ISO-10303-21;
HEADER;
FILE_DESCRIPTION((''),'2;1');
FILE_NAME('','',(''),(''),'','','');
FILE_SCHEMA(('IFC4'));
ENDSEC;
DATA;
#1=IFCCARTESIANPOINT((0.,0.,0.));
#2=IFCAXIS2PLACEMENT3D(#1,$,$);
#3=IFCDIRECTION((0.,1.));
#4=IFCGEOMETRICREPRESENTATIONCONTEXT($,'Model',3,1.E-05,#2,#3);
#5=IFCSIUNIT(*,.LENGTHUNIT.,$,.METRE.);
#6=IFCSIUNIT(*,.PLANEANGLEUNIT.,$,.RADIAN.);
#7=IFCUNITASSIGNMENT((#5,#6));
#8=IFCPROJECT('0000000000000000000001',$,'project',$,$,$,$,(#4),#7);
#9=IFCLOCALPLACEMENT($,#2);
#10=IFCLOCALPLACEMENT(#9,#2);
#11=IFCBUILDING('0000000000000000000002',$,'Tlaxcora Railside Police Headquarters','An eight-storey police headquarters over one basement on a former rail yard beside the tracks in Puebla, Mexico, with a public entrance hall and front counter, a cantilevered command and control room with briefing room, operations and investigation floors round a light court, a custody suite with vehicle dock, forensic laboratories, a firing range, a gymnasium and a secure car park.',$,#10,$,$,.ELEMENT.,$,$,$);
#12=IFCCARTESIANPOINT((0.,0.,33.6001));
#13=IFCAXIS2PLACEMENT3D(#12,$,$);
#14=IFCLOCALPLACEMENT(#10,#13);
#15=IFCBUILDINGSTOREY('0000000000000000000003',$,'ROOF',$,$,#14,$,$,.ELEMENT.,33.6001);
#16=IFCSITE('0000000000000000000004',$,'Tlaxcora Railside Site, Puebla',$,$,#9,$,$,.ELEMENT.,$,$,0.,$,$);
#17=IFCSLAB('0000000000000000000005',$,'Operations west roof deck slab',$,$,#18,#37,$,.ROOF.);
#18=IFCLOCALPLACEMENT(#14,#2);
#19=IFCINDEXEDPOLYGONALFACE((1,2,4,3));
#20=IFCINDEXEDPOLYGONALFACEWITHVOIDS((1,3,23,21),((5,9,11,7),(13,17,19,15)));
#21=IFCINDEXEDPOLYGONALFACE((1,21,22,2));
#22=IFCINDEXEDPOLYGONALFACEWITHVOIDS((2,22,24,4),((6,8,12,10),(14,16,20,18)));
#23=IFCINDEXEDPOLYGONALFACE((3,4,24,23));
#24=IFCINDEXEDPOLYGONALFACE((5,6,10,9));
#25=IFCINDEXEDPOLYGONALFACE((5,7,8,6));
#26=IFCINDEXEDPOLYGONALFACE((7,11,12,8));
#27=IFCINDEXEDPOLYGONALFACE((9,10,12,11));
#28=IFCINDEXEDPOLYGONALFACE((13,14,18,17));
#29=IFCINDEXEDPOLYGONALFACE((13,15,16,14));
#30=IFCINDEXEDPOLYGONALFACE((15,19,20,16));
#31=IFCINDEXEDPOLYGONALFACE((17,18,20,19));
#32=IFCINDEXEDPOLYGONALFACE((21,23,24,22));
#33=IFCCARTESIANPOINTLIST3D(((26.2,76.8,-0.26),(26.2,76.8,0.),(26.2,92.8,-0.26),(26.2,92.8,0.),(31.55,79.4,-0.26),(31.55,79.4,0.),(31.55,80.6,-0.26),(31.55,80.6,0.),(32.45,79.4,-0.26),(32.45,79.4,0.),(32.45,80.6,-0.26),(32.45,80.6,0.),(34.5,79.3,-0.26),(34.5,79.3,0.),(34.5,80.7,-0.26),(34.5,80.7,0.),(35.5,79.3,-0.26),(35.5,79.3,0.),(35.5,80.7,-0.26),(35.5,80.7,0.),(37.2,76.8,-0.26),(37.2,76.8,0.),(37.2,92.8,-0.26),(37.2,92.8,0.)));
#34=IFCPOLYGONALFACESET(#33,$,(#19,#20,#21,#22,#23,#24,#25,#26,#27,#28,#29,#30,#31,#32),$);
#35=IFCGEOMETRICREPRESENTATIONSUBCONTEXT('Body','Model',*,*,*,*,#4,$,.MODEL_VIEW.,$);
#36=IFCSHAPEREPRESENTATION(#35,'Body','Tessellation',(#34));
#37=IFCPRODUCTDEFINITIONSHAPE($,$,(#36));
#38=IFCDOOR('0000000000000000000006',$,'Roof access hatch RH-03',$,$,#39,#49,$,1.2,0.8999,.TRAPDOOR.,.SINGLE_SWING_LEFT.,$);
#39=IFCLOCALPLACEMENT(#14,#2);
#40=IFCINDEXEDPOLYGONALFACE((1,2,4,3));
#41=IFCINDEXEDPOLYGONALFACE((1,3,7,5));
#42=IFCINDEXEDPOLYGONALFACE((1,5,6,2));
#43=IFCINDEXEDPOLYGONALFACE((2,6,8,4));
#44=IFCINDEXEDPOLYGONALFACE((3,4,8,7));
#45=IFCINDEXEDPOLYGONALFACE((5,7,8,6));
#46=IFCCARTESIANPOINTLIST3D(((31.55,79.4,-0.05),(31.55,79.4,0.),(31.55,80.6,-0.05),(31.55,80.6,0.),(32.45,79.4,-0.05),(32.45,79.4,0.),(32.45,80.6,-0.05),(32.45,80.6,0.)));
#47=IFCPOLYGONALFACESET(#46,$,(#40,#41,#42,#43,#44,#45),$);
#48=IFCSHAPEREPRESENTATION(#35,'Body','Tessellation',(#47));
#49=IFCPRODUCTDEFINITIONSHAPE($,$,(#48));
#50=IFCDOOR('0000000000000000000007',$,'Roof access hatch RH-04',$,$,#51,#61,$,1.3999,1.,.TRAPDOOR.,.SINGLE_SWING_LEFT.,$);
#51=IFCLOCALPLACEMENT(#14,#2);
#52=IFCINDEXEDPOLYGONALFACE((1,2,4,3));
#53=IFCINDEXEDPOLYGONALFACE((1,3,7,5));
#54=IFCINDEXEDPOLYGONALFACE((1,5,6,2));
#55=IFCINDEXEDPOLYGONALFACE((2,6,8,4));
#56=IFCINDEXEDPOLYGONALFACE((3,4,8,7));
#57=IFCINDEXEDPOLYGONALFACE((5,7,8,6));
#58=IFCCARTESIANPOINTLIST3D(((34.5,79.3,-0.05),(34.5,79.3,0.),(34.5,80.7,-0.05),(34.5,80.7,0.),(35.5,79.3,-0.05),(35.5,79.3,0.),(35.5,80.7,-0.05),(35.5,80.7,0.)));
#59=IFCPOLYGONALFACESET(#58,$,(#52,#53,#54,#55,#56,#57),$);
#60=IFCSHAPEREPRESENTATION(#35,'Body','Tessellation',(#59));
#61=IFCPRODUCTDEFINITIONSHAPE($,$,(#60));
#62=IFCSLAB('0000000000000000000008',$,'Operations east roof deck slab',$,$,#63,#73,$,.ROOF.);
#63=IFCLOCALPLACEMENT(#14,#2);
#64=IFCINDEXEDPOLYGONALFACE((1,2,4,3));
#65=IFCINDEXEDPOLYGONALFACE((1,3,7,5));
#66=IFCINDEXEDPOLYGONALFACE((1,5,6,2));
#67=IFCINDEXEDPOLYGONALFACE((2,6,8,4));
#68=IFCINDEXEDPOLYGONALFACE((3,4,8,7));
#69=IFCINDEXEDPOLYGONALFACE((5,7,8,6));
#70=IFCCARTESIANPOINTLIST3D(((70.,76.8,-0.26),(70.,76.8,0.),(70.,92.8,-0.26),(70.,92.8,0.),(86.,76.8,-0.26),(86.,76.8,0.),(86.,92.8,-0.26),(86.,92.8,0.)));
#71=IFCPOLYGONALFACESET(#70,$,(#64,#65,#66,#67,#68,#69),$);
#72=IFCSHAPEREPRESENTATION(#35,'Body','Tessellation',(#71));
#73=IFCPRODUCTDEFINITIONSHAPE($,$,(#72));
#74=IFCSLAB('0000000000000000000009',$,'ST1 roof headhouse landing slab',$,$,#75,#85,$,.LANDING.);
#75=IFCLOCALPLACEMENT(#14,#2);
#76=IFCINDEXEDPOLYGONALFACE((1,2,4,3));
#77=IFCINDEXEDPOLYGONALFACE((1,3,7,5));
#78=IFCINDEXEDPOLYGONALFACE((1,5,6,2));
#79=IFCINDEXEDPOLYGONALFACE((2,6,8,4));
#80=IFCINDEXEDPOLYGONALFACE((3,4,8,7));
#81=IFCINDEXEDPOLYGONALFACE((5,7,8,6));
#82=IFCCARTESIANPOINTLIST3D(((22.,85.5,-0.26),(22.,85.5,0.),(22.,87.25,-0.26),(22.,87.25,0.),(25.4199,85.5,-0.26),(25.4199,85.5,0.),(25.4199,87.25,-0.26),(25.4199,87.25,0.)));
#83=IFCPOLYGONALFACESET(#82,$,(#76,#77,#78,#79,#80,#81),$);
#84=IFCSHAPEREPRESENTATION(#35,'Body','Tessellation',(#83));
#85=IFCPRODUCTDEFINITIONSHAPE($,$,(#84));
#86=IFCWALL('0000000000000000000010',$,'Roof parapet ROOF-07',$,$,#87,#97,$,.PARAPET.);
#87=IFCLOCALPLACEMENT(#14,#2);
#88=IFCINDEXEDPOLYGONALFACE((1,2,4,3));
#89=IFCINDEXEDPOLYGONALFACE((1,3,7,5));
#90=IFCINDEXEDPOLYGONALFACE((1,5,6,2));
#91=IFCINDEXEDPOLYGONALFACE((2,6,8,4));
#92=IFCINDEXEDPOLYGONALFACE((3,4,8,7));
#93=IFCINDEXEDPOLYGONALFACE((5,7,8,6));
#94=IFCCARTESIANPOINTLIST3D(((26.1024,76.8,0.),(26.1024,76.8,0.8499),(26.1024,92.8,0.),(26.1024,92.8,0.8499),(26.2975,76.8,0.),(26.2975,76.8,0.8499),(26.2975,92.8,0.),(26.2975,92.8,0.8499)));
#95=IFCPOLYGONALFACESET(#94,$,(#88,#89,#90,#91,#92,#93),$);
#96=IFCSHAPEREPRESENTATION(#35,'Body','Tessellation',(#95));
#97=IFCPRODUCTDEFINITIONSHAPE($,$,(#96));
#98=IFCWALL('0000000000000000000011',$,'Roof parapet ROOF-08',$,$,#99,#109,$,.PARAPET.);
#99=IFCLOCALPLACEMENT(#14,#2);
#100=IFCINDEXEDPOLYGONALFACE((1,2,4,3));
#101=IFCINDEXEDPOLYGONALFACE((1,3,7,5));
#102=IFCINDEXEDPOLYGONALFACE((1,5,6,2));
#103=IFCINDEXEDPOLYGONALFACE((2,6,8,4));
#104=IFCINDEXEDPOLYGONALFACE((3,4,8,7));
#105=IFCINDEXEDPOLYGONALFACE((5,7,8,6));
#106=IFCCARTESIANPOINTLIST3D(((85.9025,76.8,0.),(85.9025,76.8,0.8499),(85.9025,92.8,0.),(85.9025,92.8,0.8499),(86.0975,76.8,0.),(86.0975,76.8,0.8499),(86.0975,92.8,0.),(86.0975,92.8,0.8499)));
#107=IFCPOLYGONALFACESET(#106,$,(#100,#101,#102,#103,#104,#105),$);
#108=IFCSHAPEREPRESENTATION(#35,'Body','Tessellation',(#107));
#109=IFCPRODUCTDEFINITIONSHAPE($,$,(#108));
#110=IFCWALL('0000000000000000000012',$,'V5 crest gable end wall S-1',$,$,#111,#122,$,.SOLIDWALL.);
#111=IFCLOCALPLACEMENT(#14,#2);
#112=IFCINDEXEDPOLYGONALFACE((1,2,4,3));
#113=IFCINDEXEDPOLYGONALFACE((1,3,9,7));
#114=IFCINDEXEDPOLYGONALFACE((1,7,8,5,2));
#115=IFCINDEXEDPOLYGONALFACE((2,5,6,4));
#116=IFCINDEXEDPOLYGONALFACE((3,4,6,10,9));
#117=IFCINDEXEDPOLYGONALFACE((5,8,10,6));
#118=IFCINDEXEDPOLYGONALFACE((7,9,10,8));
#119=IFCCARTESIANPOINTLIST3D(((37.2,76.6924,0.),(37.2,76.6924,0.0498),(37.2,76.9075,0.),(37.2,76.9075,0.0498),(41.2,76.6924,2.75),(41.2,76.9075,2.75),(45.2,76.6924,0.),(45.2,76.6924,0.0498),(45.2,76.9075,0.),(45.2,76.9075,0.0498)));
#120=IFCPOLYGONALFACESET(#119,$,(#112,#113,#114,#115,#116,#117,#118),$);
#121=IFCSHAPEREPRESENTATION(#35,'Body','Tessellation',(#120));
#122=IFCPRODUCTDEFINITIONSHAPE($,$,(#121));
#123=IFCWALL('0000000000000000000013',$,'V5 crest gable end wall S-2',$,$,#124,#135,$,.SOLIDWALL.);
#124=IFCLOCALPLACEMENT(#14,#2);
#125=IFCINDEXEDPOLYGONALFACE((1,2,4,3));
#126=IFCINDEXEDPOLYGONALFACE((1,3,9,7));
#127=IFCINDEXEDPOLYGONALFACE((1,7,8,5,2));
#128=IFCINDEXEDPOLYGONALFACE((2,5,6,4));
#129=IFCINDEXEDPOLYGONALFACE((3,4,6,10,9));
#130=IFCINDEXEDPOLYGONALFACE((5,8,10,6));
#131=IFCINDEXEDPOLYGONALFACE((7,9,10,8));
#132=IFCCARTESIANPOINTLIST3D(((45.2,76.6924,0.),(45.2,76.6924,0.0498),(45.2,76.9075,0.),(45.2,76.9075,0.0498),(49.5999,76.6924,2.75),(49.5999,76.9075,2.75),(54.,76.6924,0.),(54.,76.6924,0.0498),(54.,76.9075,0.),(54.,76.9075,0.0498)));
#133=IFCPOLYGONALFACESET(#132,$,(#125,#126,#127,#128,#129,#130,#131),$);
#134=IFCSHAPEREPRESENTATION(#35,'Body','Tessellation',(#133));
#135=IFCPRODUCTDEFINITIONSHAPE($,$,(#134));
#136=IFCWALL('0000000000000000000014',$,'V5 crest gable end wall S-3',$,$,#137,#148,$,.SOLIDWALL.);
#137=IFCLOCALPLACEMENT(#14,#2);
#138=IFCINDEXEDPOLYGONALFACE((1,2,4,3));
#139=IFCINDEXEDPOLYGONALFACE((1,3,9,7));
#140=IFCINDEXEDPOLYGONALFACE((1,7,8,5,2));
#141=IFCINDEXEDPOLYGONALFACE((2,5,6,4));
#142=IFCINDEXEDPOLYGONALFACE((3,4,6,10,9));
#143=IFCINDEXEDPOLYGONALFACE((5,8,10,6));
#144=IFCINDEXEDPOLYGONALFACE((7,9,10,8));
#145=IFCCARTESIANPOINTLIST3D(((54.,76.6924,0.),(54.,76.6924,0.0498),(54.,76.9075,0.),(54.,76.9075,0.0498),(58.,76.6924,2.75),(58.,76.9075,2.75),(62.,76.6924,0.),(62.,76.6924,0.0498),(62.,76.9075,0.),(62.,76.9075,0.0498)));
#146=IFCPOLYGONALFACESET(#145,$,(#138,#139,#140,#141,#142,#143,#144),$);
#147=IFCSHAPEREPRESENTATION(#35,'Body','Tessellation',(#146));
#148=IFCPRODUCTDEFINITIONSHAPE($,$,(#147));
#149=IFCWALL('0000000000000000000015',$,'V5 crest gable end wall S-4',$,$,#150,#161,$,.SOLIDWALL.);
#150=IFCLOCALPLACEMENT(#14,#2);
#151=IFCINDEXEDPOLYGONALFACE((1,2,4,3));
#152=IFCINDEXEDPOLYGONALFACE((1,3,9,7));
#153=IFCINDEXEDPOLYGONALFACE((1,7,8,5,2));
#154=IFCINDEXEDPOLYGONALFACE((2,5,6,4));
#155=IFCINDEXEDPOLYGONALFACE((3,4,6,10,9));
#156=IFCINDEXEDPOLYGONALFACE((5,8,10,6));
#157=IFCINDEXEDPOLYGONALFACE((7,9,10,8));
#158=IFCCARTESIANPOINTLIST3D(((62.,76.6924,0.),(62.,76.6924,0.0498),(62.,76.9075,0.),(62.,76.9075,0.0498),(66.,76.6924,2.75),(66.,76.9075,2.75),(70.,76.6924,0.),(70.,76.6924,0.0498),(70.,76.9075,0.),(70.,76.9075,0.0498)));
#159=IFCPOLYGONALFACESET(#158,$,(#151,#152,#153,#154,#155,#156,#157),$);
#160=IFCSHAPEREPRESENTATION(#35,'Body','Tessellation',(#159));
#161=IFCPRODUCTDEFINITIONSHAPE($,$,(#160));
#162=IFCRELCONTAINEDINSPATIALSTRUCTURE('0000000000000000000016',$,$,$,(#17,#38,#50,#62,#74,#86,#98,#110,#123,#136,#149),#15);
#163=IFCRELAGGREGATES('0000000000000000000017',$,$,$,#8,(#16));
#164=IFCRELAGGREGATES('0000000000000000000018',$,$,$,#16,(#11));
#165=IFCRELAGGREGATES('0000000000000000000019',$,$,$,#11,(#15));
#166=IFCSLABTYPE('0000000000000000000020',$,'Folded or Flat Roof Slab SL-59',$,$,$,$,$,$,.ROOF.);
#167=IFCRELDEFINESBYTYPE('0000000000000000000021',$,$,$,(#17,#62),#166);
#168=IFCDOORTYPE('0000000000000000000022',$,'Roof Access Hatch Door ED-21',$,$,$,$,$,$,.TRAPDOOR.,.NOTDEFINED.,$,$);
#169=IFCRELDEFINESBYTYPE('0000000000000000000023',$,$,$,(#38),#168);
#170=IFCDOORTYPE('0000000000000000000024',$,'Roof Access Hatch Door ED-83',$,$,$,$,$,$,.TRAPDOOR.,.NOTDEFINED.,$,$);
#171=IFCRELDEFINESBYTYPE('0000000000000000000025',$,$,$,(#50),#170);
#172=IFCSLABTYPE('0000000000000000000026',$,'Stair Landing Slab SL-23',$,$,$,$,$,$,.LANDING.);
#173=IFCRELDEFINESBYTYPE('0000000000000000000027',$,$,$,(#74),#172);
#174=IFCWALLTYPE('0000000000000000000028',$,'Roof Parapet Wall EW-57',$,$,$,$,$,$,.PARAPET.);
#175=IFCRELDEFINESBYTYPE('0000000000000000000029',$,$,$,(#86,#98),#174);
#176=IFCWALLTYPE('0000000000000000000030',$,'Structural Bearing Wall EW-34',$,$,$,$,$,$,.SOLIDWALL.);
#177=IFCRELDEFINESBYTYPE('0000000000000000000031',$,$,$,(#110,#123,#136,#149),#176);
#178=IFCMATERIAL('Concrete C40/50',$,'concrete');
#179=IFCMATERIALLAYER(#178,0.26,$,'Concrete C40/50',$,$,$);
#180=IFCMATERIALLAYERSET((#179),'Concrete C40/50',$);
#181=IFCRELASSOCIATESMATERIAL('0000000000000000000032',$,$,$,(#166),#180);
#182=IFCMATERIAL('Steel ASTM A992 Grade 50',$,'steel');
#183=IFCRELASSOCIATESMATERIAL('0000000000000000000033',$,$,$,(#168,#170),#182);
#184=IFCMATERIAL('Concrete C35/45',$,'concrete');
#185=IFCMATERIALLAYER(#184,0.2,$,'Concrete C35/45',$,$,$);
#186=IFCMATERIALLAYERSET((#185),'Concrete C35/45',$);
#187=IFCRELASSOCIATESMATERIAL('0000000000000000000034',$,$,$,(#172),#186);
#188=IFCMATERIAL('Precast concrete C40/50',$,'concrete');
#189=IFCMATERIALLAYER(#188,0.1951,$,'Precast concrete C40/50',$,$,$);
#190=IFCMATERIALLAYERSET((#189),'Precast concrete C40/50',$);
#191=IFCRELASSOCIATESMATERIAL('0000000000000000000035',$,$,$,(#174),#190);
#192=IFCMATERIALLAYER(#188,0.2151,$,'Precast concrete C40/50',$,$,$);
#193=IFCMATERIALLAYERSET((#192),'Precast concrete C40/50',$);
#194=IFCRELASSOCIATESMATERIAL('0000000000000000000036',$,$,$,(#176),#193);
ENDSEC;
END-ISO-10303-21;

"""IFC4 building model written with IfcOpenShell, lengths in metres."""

from ifc_helpers import new_model, si_unit, direction, frame, frame_2d, origin, origin_2d, place, context, subcontext, project, spatial, polyline, rectangle, outline, extrude, material, layer, layer_set, type_object, element, fill, save


model = new_model("IFC4")

# Units and contexts
model_context = context("Model", 3, precision=1e-05, world=origin(), true_north=direction((0.0, 1.0)))
body_context = subcontext(model_context, "Body", "Model", "MODEL_VIEW")
ifc_project = project(units=[si_unit("LENGTHUNIT", "METRE"), si_unit("PLANEANGLEUNIT", "RADIAN")], contexts=[model_context])

# Site, building, storey
site_placement = place(None, origin())
site = spatial("IfcSite", under=ifc_project, at=site_placement, Name="Tlaxcora Railside Site, Puebla", CompositionType="ELEMENT", RefElevation=0.0)
building_placement = place(site_placement, origin())
building = spatial("IfcBuilding", under=site, at=building_placement, Name="Tlaxcora Railside Police Headquarters", Description="An eight-storey police headquarters over one basement on a former rail yard beside the tracks in Puebla, Mexico, with a public entrance hall and front counter, a cantilevered command and control room with briefing room, operations and investigation floors round a light court, a custody suite with vehicle dock, forensic laboratories, a firing range, a gymnasium and a secure car park.", CompositionType="ELEMENT")
storey_placement = place(building_placement, frame((0.0, 0.0, 33.6001)))
storey = spatial("IfcBuildingStorey", under=building, at=storey_placement, Name="ROOF", CompositionType="ELEMENT", Elevation=33.6001)

# Shared definitions
ifc_material_1 = material(Name="Steel ASTM A992 Grade 50", Category="steel")

# Shared definitions
ifc_material_2 = material(Name="Concrete C40/50", Category="concrete")

# Slab, openings, doors
ifc_layer_1 = layer(ifc_material_2, 0.26, Name="Concrete C40/50")
ifc_layer_set_1 = layer_set([ifc_layer_1], Name="Concrete C40/50")
slab_type_1 = type_object("IfcSlabType", Name="Folded or Flat Roof Slab SL-59", PredefinedType="ROOF", material=ifc_layer_set_1)
slab_1_placement = place(storey_placement, frame((0.0, 0.0, -0.26)))
slab_1 = element("IfcSlab", 1, at=slab_1_placement, inside=storey, type_object=slab_type_1, Name="Operations west roof deck slab", PredefinedType="ROOF", context=body_context, shape_type="SweptSolid", body=[
    extrude(outline(polyline([(37.2, 76.8), (37.2, 92.8), (26.2, 92.8), (26.2, 76.8), (37.2, 76.8)])), origin(), (0.0, 0.0, 1.0), 0.26),
])
opening_1_placement = place(slab_1_placement, frame((32.0, 80.0, -0.01)))
opening_1 = element("IfcOpeningElement", 2, at=opening_1_placement, cuts=slab_1, PredefinedType="OPENING", context=body_context, shape_type="SweptSolid", body=[
    extrude(rectangle(XDim=0.8999, YDim=1.2, at=origin_2d()), origin(), (0.0, 0.0, 1.0), 0.28),
])
opening_2_placement = place(slab_1_placement, frame((35.0, 80.0, -0.01)))
opening_2 = element("IfcOpeningElement", 3, at=opening_2_placement, cuts=slab_1, PredefinedType="OPENING", context=body_context, shape_type="SweptSolid", body=[
    extrude(rectangle(XDim=1.0, YDim=1.3999, at=origin_2d()), origin(), (0.0, 0.0, 1.0), 0.28),
])
door_type_1 = type_object("IfcDoorType", Name="Roof Access Hatch Door ED-21", OperationType="NOTDEFINED", PredefinedType="TRAPDOOR", material=ifc_material_1)
door_1_placement = place(opening_1_placement, frame((0.0, 0.0, 0.22)))
door_1 = element("IfcDoor", 4, at=door_1_placement, inside=storey, type_object=door_type_1, Name="Roof access hatch RH-03", OperationType="SINGLE_SWING_LEFT", OverallHeight=1.2, OverallWidth=0.8999, PredefinedType="TRAPDOOR", context=body_context, shape_type="SweptSolid", body=[
    extrude(rectangle(XDim=0.8999, YDim=1.2, at=origin_2d()), origin(), (0.0, 0.0, 1.0), 0.05),
])
fill(opening_1, door_1)
door_type_2 = type_object("IfcDoorType", Name="Roof Access Hatch Door ED-83", OperationType="NOTDEFINED", PredefinedType="TRAPDOOR", material=ifc_material_1)
door_2_placement = place(opening_2_placement, frame((0.0, 0.0, 0.22)))
door_2 = element("IfcDoor", 5, at=door_2_placement, inside=storey, type_object=door_type_2, Name="Roof access hatch RH-04", OperationType="SINGLE_SWING_LEFT", OverallHeight=1.3999, OverallWidth=1.0, PredefinedType="TRAPDOOR", context=body_context, shape_type="SweptSolid", body=[
    extrude(rectangle(XDim=1.0, YDim=1.3999, at=origin_2d()), origin(), (0.0, 0.0, 1.0), 0.05),
])
fill(opening_2, door_2)

# Slabs
slab_2_placement = place(storey_placement, frame((0.0, 0.0, -0.26)))
element("IfcSlab", 6, at=slab_2_placement, inside=storey, type_object=slab_type_1, Name="Operations east roof deck slab", PredefinedType="ROOF", context=body_context, shape_type="SweptSolid", body=[
    extrude(outline(polyline([(86.0, 76.8), (86.0, 92.8), (70.0, 92.8), (70.0, 76.8), (86.0, 76.8)])), origin(), (0.0, 0.0, 1.0), 0.26),
])
ifc_material_3 = material(Name="Concrete C35/45", Category="concrete")
ifc_layer_2 = layer(ifc_material_3, 0.2, Name="Concrete C35/45")
ifc_layer_set_2 = layer_set([ifc_layer_2], Name="Concrete C35/45")
slab_type_2 = type_object("IfcSlabType", Name="Stair Landing Slab SL-23", PredefinedType="LANDING", material=ifc_layer_set_2)
slab_3_placement = place(storey_placement, frame((0.0, 0.0, -0.26)))
element("IfcSlab", 7, at=slab_3_placement, inside=storey, type_object=slab_type_2, Name="ST1 roof headhouse landing slab", PredefinedType="LANDING", context=body_context, shape_type="SweptSolid", body=[
    extrude(outline(polyline([(25.4199, 85.5), (25.4199, 87.25), (22.0, 87.25), (22.0, 85.5), (25.4199, 85.5)])), origin(), (0.0, 0.0, 1.0), 0.26),
])

# Walls
ifc_material_4 = material(Name="Precast concrete C40/50", Category="concrete")
ifc_layer_3 = layer(ifc_material_4, 0.1951, Name="Precast concrete C40/50")
ifc_layer_set_3 = layer_set([ifc_layer_3], Name="Precast concrete C40/50")
wall_type_1 = type_object("IfcWallType", Name="Roof Parapet Wall EW-57", PredefinedType="PARAPET", material=ifc_layer_set_3)
for number, where, z_axis, x_axis, name in (
    (8, (26.2, 76.8, 0.0), (0.0, 0.0, 1.0), (0.0, 1.0, 0.0), "Roof parapet ROOF-07"),
    (9, (86.0, 76.8, 0.0), (0.0, 0.0, 1.0), (0.0, 1.0, 0.0), "Roof parapet ROOF-08"),
):
    element("IfcWall", number, at=place(storey_placement, frame(where, z_axis=z_axis, x_axis=x_axis)), inside=storey, type_object=wall_type_1, Name=name, PredefinedType="PARAPET", context=body_context, shape_type="SweptSolid", body=[
        extrude(rectangle(XDim=16.0, YDim=0.1951, at=frame_2d((8.0, 0.0))), origin(), (0.0, 0.0, 1.0), 0.8499),
    ])
ifc_layer_4 = layer(ifc_material_4, 0.2151, Name="Precast concrete C40/50")
ifc_layer_set_4 = layer_set([ifc_layer_4], Name="Precast concrete C40/50")
wall_type_2 = type_object("IfcWallType", Name="Structural Bearing Wall EW-34", PredefinedType="SOLIDWALL", material=ifc_layer_set_4)
wall_1_placement = place(storey_placement, frame((37.2, 76.8, 0.0), z_axis=(0.0, 0.0, 1.0), x_axis=(1.0, 0.0, 0.0)))
element("IfcWall", 10, at=wall_1_placement, inside=storey, type_object=wall_type_2, Name="V5 crest gable end wall S-1", PredefinedType="SOLIDWALL", context=body_context, shape_type="SweptSolid", body=[
    extrude(outline(polyline([(0.0, 0.0), (8.0, 0.0), (8.0, 0.0498), (4.0, 2.75), (0.0, 0.0498), (0.0, 0.0)])), frame((0.0, 0.1074, 0.0), z_axis=(0.0, -1.0, 0.0), x_axis=(1.0, 0.0, 0.0)), (0.0, 0.0, 1.0), 0.2151),
])
wall_2_placement = place(storey_placement, frame((45.2, 76.8, 0.0), z_axis=(0.0, 0.0, 1.0), x_axis=(1.0, 0.0, 0.0)))
element("IfcWall", 11, at=wall_2_placement, inside=storey, type_object=wall_type_2, Name="V5 crest gable end wall S-2", PredefinedType="SOLIDWALL", context=body_context, shape_type="SweptSolid", body=[
    extrude(outline(polyline([(0.0, 0.0), (8.8, 0.0), (8.8, 0.0498), (4.3999, 2.75), (0.0, 0.0498), (0.0, 0.0)])), frame((0.0, 0.1074, 0.0), z_axis=(0.0, -1.0, 0.0), x_axis=(1.0, 0.0, 0.0)), (0.0, 0.0, 1.0), 0.2151),
])
for number, where, z_axis, x_axis, name in (
    (12, (54.0, 76.8, 0.0), (0.0, 0.0, 1.0), (1.0, 0.0, 0.0), "V5 crest gable end wall S-3"),
    (13, (62.0, 76.8, 0.0), (0.0, 0.0, 1.0), (1.0, 0.0, 0.0), "V5 crest gable end wall S-4"),
):
    element("IfcWall", number, at=place(storey_placement, frame(where, z_axis=z_axis, x_axis=x_axis)), inside=storey, type_object=wall_type_2, Name=name, PredefinedType="SOLIDWALL", context=body_context, shape_type="SweptSolid", body=[
        extrude(outline(polyline([(0.0, 0.0), (8.0, 0.0), (8.0, 0.0498), (4.0, 2.75), (0.0, 0.0498), (0.0, 0.0)])), frame((0.0, 0.1074, 0.0), z_axis=(0.0, -1.0, 0.0), x_axis=(1.0, 0.0, 0.0)), (0.0, 0.0, 1.0), 0.2151),
    ])

save(model, "model.ifc")
